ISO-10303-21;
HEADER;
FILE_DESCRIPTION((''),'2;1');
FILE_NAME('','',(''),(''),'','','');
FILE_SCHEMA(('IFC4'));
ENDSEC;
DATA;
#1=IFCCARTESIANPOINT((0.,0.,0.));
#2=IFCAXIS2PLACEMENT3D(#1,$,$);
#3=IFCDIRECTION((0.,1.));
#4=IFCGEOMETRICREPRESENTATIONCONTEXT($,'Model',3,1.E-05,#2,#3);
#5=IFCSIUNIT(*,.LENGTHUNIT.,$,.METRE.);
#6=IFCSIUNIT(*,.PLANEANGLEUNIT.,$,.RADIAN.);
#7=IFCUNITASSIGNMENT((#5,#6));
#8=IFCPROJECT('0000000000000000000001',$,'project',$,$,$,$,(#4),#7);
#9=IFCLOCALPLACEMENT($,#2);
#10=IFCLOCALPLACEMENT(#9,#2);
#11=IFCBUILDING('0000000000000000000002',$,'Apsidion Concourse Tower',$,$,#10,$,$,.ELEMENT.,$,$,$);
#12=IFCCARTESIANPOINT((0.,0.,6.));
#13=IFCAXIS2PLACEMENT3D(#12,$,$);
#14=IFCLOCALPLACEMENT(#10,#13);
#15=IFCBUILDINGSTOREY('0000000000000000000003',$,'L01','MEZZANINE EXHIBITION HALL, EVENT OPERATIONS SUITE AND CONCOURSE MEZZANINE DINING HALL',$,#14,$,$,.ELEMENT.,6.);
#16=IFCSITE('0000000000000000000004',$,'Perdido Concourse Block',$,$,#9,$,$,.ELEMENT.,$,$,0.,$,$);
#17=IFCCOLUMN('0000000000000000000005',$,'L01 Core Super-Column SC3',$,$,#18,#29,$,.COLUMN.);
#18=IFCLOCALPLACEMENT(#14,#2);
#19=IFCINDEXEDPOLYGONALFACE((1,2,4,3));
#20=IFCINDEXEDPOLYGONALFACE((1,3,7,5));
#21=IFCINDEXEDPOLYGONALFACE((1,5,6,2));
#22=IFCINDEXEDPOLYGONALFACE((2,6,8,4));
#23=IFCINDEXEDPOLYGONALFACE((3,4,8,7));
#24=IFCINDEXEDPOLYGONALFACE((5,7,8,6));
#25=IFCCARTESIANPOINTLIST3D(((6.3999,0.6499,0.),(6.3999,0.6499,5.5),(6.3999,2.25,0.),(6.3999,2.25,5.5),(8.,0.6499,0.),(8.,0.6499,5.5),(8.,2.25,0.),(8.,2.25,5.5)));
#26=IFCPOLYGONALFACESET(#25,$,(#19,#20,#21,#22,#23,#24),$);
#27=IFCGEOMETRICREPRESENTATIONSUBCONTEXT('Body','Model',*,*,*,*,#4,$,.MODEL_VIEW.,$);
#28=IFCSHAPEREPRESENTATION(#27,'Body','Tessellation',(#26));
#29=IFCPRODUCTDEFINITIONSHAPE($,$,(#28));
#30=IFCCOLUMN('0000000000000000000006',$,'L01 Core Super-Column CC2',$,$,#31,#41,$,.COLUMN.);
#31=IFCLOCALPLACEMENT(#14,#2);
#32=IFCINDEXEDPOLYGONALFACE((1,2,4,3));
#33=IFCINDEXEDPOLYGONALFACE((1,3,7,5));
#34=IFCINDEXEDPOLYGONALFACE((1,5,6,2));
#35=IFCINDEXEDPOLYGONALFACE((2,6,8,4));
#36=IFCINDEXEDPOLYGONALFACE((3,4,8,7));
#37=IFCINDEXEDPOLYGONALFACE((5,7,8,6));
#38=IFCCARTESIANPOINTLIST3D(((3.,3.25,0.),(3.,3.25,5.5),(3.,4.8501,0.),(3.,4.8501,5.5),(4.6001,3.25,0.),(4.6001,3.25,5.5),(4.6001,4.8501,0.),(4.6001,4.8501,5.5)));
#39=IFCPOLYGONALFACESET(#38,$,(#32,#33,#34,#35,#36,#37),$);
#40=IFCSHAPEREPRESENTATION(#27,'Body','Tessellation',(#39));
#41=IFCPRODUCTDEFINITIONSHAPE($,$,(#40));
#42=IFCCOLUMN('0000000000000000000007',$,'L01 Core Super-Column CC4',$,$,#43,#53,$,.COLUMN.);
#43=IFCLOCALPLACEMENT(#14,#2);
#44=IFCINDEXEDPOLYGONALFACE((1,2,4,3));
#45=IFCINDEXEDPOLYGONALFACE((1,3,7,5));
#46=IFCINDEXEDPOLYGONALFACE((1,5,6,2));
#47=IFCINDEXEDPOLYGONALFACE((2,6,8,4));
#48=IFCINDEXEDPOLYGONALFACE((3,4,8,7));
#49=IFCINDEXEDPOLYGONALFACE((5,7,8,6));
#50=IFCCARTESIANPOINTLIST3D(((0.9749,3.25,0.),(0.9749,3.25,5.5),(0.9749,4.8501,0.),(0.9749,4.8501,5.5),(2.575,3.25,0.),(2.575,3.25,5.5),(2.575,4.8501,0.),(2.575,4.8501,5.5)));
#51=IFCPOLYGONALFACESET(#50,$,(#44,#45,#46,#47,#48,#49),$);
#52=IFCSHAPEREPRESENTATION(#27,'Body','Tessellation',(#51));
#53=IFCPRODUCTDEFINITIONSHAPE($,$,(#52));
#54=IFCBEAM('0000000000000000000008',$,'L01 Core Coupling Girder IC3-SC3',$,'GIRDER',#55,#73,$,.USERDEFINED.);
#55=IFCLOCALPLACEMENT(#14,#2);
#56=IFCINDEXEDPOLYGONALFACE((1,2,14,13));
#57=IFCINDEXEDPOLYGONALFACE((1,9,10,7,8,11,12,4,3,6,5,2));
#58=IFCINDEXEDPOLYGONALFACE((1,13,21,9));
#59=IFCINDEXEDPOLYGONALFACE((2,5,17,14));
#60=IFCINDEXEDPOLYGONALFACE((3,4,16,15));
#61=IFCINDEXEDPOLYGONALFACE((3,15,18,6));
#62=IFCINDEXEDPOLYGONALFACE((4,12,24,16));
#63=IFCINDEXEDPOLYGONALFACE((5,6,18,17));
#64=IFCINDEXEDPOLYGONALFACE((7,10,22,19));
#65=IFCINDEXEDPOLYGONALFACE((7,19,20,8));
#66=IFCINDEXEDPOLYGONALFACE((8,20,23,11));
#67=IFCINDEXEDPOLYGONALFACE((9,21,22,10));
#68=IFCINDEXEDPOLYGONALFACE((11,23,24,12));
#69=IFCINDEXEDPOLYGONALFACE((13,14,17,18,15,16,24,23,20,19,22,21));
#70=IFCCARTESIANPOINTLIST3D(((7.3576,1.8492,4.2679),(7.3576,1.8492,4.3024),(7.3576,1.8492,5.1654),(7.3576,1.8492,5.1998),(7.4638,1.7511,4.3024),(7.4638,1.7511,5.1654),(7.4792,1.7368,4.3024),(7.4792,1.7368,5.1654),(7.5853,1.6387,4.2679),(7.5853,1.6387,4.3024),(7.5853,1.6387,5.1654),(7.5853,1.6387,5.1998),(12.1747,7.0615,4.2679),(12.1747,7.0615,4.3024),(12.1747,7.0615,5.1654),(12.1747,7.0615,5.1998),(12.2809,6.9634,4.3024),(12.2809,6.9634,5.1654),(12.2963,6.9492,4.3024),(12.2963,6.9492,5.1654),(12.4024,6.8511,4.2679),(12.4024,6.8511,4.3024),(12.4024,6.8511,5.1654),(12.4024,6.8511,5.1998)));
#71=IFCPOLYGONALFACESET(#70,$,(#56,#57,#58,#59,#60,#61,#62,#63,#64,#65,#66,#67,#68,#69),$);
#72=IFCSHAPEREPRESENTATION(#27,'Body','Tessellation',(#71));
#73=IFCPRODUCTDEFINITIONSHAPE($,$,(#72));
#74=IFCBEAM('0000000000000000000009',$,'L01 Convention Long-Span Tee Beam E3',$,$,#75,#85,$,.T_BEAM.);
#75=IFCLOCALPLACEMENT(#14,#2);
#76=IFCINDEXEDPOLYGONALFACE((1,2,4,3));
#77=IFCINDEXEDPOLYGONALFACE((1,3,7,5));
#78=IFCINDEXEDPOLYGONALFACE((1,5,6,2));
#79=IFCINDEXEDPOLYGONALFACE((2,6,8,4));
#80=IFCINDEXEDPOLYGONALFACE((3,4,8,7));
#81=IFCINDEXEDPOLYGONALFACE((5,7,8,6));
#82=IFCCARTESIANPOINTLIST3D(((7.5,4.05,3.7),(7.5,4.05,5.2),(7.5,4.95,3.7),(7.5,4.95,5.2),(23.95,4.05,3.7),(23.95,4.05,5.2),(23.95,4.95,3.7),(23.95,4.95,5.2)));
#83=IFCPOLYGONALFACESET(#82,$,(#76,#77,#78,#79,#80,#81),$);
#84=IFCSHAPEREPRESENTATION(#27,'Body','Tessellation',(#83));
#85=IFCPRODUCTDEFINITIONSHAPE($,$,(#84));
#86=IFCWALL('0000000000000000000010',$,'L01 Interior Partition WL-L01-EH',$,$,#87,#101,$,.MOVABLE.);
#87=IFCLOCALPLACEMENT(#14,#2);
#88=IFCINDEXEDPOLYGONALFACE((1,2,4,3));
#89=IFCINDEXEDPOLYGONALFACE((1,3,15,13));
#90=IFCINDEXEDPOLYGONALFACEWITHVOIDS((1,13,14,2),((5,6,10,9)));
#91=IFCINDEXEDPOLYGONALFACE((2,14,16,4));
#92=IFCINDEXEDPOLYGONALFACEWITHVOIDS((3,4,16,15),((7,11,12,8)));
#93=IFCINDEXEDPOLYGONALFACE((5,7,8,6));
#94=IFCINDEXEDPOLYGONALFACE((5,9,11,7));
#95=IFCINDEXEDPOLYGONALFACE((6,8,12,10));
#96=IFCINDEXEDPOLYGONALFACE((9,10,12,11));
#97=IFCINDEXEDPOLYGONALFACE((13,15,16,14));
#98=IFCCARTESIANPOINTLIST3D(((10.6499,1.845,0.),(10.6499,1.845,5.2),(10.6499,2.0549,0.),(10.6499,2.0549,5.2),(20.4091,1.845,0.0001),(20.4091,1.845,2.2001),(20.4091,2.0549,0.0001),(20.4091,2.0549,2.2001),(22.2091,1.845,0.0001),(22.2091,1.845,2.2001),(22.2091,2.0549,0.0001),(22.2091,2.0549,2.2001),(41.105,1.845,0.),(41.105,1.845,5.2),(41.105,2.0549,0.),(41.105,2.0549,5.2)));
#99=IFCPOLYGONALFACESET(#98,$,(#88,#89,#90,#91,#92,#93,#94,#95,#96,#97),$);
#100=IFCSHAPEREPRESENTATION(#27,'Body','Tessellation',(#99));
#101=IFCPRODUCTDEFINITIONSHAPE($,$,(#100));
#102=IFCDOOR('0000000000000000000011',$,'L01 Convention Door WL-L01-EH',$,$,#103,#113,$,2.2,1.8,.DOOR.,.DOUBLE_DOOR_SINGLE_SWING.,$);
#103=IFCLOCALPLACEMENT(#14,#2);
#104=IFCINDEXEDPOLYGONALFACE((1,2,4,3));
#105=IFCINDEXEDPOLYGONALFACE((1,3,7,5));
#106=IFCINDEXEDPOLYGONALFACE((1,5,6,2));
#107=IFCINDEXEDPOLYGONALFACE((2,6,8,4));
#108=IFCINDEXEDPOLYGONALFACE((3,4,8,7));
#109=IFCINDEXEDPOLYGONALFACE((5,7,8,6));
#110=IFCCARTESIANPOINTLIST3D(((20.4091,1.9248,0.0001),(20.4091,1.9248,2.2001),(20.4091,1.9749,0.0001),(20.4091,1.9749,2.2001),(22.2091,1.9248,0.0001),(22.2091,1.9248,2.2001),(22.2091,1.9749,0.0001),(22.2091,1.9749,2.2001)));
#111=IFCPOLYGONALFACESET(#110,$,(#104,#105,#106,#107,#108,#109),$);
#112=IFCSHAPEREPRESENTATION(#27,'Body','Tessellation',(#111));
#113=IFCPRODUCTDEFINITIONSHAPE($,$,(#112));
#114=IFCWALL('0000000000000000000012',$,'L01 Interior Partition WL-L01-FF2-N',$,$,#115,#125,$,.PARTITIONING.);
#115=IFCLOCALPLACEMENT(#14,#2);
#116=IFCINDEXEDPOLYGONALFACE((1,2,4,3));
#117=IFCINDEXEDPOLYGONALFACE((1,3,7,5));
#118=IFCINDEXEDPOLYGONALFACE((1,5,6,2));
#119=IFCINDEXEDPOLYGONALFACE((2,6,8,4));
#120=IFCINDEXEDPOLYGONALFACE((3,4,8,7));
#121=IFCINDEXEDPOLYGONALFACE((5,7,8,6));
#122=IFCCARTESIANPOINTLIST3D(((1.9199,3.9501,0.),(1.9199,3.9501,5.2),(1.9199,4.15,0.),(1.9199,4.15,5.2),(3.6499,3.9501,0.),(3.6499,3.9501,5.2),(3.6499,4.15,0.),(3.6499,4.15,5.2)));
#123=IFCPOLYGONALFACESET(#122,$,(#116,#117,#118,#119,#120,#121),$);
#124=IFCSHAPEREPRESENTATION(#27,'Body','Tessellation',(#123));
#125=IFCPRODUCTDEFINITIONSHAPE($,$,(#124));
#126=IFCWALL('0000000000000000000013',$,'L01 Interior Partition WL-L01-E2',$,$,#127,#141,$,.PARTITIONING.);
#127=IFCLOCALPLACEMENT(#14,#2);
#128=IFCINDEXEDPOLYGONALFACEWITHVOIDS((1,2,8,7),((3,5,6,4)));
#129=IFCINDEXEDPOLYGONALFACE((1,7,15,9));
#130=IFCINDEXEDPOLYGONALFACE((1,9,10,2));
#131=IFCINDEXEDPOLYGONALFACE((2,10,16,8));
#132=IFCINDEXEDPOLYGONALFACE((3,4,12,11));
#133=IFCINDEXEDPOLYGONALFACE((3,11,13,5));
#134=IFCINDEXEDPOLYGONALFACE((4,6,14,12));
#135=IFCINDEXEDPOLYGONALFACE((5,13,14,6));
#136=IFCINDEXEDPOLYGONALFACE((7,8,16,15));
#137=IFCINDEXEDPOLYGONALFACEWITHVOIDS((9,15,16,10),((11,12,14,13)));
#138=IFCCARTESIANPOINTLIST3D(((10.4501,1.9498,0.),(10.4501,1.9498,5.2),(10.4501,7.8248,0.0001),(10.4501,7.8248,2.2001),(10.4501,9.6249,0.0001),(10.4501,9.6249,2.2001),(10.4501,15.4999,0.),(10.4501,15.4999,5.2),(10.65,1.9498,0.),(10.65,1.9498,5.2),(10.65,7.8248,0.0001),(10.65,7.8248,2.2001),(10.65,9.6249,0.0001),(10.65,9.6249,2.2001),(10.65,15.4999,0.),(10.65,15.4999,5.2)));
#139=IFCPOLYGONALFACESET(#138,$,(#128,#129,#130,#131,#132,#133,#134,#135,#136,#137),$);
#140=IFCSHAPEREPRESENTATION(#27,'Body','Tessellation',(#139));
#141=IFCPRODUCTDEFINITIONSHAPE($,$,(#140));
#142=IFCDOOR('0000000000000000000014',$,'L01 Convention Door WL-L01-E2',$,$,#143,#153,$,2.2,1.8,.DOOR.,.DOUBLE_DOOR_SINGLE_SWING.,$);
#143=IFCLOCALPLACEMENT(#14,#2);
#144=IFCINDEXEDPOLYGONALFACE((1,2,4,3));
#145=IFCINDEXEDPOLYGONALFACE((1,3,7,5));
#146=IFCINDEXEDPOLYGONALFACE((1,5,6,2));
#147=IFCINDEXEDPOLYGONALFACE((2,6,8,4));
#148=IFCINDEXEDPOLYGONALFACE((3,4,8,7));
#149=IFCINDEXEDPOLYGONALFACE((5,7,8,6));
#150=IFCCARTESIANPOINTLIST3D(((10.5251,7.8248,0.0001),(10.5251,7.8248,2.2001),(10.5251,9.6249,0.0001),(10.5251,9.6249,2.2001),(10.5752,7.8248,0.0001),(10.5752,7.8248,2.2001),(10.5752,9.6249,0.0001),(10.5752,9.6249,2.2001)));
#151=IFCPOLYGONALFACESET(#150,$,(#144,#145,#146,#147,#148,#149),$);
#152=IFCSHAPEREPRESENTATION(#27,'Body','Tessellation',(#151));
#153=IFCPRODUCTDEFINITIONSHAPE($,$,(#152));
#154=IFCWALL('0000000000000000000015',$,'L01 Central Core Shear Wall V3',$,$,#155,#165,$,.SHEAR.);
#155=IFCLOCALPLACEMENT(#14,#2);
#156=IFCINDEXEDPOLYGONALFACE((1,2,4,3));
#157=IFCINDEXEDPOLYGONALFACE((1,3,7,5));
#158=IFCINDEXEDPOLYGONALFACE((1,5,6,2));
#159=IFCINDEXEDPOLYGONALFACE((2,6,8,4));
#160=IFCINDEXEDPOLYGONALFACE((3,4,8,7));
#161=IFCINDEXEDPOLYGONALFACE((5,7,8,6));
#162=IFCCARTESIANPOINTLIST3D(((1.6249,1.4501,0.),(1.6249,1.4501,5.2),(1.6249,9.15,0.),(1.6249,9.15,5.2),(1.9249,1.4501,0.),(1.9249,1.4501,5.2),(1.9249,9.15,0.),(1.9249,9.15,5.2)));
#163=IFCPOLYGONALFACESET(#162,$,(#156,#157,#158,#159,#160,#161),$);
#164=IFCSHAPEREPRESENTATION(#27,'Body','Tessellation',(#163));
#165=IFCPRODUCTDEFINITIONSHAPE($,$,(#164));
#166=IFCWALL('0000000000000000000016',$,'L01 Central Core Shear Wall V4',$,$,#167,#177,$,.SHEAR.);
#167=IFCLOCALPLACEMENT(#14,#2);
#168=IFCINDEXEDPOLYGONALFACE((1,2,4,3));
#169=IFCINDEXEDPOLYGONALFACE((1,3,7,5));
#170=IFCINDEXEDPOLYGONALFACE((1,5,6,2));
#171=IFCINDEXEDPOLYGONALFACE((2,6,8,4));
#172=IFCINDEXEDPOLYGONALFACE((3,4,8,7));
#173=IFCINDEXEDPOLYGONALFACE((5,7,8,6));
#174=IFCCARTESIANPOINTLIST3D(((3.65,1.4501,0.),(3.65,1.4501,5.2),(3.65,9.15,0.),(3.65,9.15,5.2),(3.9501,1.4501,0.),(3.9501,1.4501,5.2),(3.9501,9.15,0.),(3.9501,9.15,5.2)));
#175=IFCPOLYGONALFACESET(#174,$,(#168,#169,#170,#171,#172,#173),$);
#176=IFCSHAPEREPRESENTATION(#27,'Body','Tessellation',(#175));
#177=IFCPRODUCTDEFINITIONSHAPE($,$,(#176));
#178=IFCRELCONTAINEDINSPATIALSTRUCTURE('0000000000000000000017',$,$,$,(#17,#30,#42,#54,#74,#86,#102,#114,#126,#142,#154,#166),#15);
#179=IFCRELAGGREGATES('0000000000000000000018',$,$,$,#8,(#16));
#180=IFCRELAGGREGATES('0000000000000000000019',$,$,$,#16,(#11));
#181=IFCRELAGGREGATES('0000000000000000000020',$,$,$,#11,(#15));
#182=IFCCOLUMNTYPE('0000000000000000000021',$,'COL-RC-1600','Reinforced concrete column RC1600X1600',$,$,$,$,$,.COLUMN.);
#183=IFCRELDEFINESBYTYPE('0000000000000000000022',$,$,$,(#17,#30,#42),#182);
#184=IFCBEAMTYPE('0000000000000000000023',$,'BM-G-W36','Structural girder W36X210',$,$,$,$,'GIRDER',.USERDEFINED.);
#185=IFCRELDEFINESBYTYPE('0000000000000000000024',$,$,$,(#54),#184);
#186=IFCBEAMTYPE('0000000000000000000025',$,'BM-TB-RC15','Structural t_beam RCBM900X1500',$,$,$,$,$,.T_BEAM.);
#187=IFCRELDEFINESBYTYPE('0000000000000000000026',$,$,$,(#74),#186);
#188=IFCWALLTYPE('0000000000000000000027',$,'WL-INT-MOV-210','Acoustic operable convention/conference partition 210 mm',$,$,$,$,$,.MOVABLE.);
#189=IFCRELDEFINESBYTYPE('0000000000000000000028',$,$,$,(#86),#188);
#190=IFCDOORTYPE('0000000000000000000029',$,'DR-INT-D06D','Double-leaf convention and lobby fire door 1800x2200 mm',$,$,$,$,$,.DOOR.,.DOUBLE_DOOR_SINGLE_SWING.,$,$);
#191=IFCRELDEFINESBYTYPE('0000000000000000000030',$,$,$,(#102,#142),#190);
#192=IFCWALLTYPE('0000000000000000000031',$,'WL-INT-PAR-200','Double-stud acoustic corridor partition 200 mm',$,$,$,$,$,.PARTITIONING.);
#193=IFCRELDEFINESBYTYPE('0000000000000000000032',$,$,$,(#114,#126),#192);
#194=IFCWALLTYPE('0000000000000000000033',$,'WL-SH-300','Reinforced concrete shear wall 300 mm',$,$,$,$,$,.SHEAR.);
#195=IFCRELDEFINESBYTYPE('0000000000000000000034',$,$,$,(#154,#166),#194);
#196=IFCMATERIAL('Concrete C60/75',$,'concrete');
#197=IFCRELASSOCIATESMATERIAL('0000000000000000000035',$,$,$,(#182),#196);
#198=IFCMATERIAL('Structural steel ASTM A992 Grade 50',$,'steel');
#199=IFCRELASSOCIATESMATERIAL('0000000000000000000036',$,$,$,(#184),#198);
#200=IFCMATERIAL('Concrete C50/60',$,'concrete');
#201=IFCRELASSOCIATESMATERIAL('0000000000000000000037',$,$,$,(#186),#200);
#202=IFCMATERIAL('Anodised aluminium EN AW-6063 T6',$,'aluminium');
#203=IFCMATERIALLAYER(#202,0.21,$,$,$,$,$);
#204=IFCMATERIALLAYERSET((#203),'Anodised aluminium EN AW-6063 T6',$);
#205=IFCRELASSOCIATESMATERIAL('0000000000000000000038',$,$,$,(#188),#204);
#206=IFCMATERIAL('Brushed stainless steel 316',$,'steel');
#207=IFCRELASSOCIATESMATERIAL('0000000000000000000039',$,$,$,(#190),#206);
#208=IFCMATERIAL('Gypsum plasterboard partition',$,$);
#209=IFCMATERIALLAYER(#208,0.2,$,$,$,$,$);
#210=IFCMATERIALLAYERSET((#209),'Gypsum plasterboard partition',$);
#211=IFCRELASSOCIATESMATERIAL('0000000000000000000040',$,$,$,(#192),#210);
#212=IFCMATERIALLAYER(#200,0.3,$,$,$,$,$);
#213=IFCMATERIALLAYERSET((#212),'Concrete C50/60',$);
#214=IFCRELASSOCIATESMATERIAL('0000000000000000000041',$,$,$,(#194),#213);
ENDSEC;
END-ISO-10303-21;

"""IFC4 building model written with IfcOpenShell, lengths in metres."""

from ifc_helpers import new_model, si_unit, direction, frame, frame_2d, origin, origin_2d, place, context, subcontext, project, spatial, rectangle, i_section, extrude, material, layer, layer_set, material_profile, profile_set, type_object, element, fill, save


model = new_model("IFC4")

# Units and contexts
model_context = context("Model", 3, precision=1e-05, world=origin(), true_north=direction((0.0, 1.0)))
body_context = subcontext(model_context, "Body", "Model", "MODEL_VIEW")
ifc_project = project(units=[si_unit("LENGTHUNIT", "METRE"), si_unit("PLANEANGLEUNIT", "RADIAN")], contexts=[model_context])

# Site, building, storey
site_placement = place(None, origin())
site = spatial("IfcSite", under=ifc_project, at=site_placement, Name="Perdido Concourse Block", CompositionType="ELEMENT", RefElevation=0.0)
building_placement = place(site_placement, origin())
building = spatial("IfcBuilding", under=site, at=building_placement, Name="Apsidion Concourse Tower", CompositionType="ELEMENT")
storey_placement = place(building_placement, frame((0.0, 0.0, 6.0)))
storey = spatial("IfcBuildingStorey", under=building, at=storey_placement, Name="L01", Description="MEZZANINE EXHIBITION HALL, EVENT OPERATIONS SUITE AND CONCOURSE MEZZANINE DINING HALL", CompositionType="ELEMENT", Elevation=6.0)

# Columns
ifc_material_1 = material(Name="Concrete C60/75", Category="concrete")
ifc_material_profile_1 = material_profile(ifc_material_1, rectangle(XDim=1.6001, YDim=1.6001, at=origin_2d()), Name="RC 1600x1600")
ifc_profile_set_1 = profile_set([ifc_material_profile_1], Name="Concrete C60/75")
column_type = type_object("IfcColumnType", Name="COL-RC-1600", Description="Reinforced concrete column RC1600X1600", PredefinedType="COLUMN", material=ifc_profile_set_1)
for number, where, z_axis, x_axis, name in (
    (1, (7.2, 1.45, 0.0), (0.0, 0.0, 1.0), (1.0, 0.0, 0.0), "L01 Core Super-Column SC3"),
    (2, (3.8, 4.05, 0.0), (0.0, 0.0, 1.0), (1.0, 0.0, 0.0), "L01 Core Super-Column CC2"),
    (3, (1.7749, 4.05, 0.0), (0.0, 0.0, 1.0), (1.0, 0.0, 0.0), "L01 Core Super-Column CC4"),
):
    element("IfcColumn", number, at=place(storey_placement, frame(where, z_axis=z_axis, x_axis=x_axis)), inside=storey, type_object=column_type, Name=name, PredefinedType="COLUMN", context=body_context, shape_type="SweptSolid", body=[
        extrude(rectangle(XDim=1.6001, YDim=1.6001, at=origin_2d()), origin(), (0.0, 0.0, 1.0), 5.5),
    ])

# Beams
ifc_material_2 = material(Name="Structural steel ASTM A992 Grade 50", Category="steel")
ifc_material_profile_2 = material_profile(ifc_material_2, i_section(OverallWidth=0.3101, OverallDepth=0.9319, WebThickness=0.021, FlangeThickness=0.0344, at=origin_2d()), Name="W36X210")
ifc_profile_set_2 = profile_set([ifc_material_profile_2], Name="Structural steel ASTM A992 Grade 50")
beam_type_1 = type_object("IfcBeamType", Name="BM-G-W36", Description="Structural girder W36X210", ElementType="GIRDER", PredefinedType="USERDEFINED", material=ifc_profile_set_2)
beam_1_placement = place(storey_placement, frame((12.2886, 6.9563, 4.7339), z_axis=(-0.678713, -0.734404, 0.0), x_axis=(0.734404, -0.678713, 0.0)))
element("IfcBeam", 4, at=beam_1_placement, inside=storey, type_object=beam_type_1, Name="L01 Core Coupling Girder IC3-SC3", ObjectType="GIRDER", PredefinedType="USERDEFINED", context=body_context, shape_type="SweptSolid", body=[
    extrude(i_section(OverallWidth=0.3101, OverallDepth=0.9319, WebThickness=0.021, FlangeThickness=0.0344, at=origin_2d()), origin(), (0.0, 0.0, 1.0), 7.0974),
])
ifc_material_3 = material(Name="Concrete C50/60", Category="concrete")
ifc_material_profile_3 = material_profile(ifc_material_3, rectangle(XDim=0.8999, YDim=1.5, at=origin_2d()), Name="RC 900x1500")
ifc_profile_set_3 = profile_set([ifc_material_profile_3], Name="Concrete C50/60")
beam_type_2 = type_object("IfcBeamType", Name="BM-TB-RC15", Description="Structural t_beam RCBM900X1500", PredefinedType="T_BEAM", material=ifc_profile_set_3)
beam_2_placement = place(storey_placement, frame((7.5, 4.5, 4.45), z_axis=(1.0, 0.0, 0.0), x_axis=(0.0, 1.0, 0.0)))
element("IfcBeam", 5, at=beam_2_placement, inside=storey, type_object=beam_type_2, Name="L01 Convention Long-Span Tee Beam E3", PredefinedType="T_BEAM", context=body_context, shape_type="SweptSolid", body=[
    extrude(rectangle(XDim=0.8999, YDim=1.5, at=origin_2d()), origin(), (0.0, 0.0, 1.0), 16.45),
])

# Wall, opening, door
ifc_material_4 = material(Name="Anodised aluminium EN AW-6063 T6", Category="aluminium")
ifc_layer_1 = layer(ifc_material_4, 0.21)
ifc_layer_set_1 = layer_set([ifc_layer_1], Name="Anodised aluminium EN AW-6063 T6")
wall_type_1 = type_object("IfcWallType", Name="WL-INT-MOV-210", Description="Acoustic operable convention/conference partition 210 mm", PredefinedType="MOVABLE", material=ifc_layer_set_1)
wall_1_placement = place(storey_placement, frame((10.6499, 1.95, 0.0), z_axis=(0.0, 0.0, 1.0), x_axis=(1.0, 0.0, 0.0)))
wall_1 = element("IfcWall", 6, at=wall_1_placement, inside=storey, type_object=wall_type_1, Name="L01 Interior Partition WL-L01-EH", PredefinedType="MOVABLE", context=body_context, shape_type="SweptSolid", body=[
    extrude(rectangle(XDim=30.4551, YDim=0.21, at=frame_2d((15.2275, 0.0))), origin(), (0.0, 0.0, 1.0), 5.2),
])
opening_1_placement = place(wall_1_placement, frame((9.7593, 0.0, 0.0)))
opening_1 = element("IfcOpeningElement", 7, at=opening_1_placement, cuts=wall_1, PredefinedType="OPENING", context=body_context, shape_type="SweptSolid", body=[
    extrude(rectangle(XDim=1.8, YDim=2.2, at=frame_2d((0.8999, 1.1001))), frame((0.0, 0.115, 0.0), z_axis=(0.0, -1.0, 0.0), x_axis=(1.0, 0.0, 0.0)), (0.0, 0.0, 1.0), 0.23),
])
ifc_material_5 = material(Name="Brushed stainless steel 316", Category="steel")
door_type = type_object("IfcDoorType", Name="DR-INT-D06D", Description="Double-leaf convention and lobby fire door 1800x2200 mm", OperationType="DOUBLE_DOOR_SINGLE_SWING", PredefinedType="DOOR", material=ifc_material_5)
door_1_placement = place(opening_1_placement, origin())
door_1 = element("IfcDoor", 8, at=door_1_placement, inside=storey, type_object=door_type, Name="L01 Convention Door WL-L01-EH", OperationType="DOUBLE_DOOR_SINGLE_SWING", OverallHeight=2.2, OverallWidth=1.8, PredefinedType="DOOR", context=body_context, shape_type="SweptSolid", body=[
    extrude(rectangle(XDim=1.8, YDim=2.2, at=frame_2d((0.8999, 1.1001))), frame((0.0, 0.0249, 0.0), z_axis=(0.0, -1.0, 0.0), x_axis=(1.0, 0.0, 0.0)), (0.0, 0.0, 1.0), 0.05),
])
fill(opening_1, door_1)

# Wall
ifc_material_6 = material(Name="Gypsum plasterboard partition")
ifc_layer_2 = layer(ifc_material_6, 0.2)
ifc_layer_set_2 = layer_set([ifc_layer_2], Name="Gypsum plasterboard partition")
wall_type_2 = type_object("IfcWallType", Name="WL-INT-PAR-200", Description="Double-stud acoustic corridor partition 200 mm", PredefinedType="PARTITIONING", material=ifc_layer_set_2)
wall_2_placement = place(storey_placement, frame((1.9199, 4.05, 0.0), z_axis=(0.0, 0.0, 1.0), x_axis=(1.0, 0.0, 0.0)))
element("IfcWall", 9, at=wall_2_placement, inside=storey, type_object=wall_type_2, Name="L01 Interior Partition WL-L01-FF2-N", PredefinedType="PARTITIONING", context=body_context, shape_type="SweptSolid", body=[
    extrude(rectangle(XDim=1.73, YDim=0.2, at=frame_2d((0.865, 0.0))), origin(), (0.0, 0.0, 1.0), 5.2),
])

# Wall, opening, door
wall_3_placement = place(storey_placement, frame((10.55, 1.95, 0.0), z_axis=(0.0, 0.0, 1.0), x_axis=(0.0, 1.0, 0.0)))
wall_3 = element("IfcWall", 10, at=wall_3_placement, inside=storey, type_object=wall_type_2, Name="L01 Interior Partition WL-L01-E2", PredefinedType="PARTITIONING", context=body_context, shape_type="SweptSolid", body=[
    extrude(rectangle(XDim=13.55, YDim=0.2, at=frame_2d((6.7749, 0.0))), origin(), (0.0, 0.0, 1.0), 5.2),
])
opening_2_placement = place(wall_3_placement, frame((5.875, 0.0, 0.0)))
opening_2 = element("IfcOpeningElement", 11, at=opening_2_placement, cuts=wall_3, PredefinedType="OPENING", context=body_context, shape_type="SweptSolid", body=[
    extrude(rectangle(XDim=1.8, YDim=2.2, at=frame_2d((0.8999, 1.1001))), frame((0.0, 0.1099, 0.0), z_axis=(0.0, -1.0, 0.0), x_axis=(1.0, 0.0, 0.0)), (0.0, 0.0, 1.0), 0.22),
])
door_2_placement = place(opening_2_placement, origin())
door_2 = element("IfcDoor", 12, at=door_2_placement, inside=storey, type_object=door_type, Name="L01 Convention Door WL-L01-E2", OperationType="DOUBLE_DOOR_SINGLE_SWING", OverallHeight=2.2, OverallWidth=1.8, PredefinedType="DOOR", context=body_context, shape_type="SweptSolid", body=[
    extrude(rectangle(XDim=1.8, YDim=2.2, at=frame_2d((0.8999, 1.1001))), frame((0.0, 0.0249, 0.0), z_axis=(0.0, -1.0, 0.0), x_axis=(1.0, 0.0, 0.0)), (0.0, 0.0, 1.0), 0.05),
])
fill(opening_2, door_2)

# Walls
ifc_layer_3 = layer(ifc_material_3, 0.3)
ifc_layer_set_3 = layer_set([ifc_layer_3], Name="Concrete C50/60")
wall_type_3 = type_object("IfcWallType", Name="WL-SH-300", Description="Reinforced concrete shear wall 300 mm", PredefinedType="SHEAR", material=ifc_layer_set_3)
for number, where, z_axis, x_axis, name in (
    (13, (1.7749, 1.45, 0.0), (0.0, 0.0, 1.0), (0.0, 1.0, 0.0), "L01 Central Core Shear Wall V3"),
    (14, (3.8, 1.45, 0.0), (0.0, 0.0, 1.0), (0.0, 1.0, 0.0), "L01 Central Core Shear Wall V4"),
):
    element("IfcWall", number, at=place(storey_placement, frame(where, z_axis=z_axis, x_axis=x_axis)), inside=storey, type_object=wall_type_3, Name=name, PredefinedType="SHEAR", context=body_context, shape_type="SweptSolid", body=[
        extrude(rectangle(XDim=7.7, YDim=0.3, at=frame_2d((3.8501, 0.0))), origin(), (0.0, 0.0, 1.0), 5.2),
    ])

save(model, "model.ifc")
